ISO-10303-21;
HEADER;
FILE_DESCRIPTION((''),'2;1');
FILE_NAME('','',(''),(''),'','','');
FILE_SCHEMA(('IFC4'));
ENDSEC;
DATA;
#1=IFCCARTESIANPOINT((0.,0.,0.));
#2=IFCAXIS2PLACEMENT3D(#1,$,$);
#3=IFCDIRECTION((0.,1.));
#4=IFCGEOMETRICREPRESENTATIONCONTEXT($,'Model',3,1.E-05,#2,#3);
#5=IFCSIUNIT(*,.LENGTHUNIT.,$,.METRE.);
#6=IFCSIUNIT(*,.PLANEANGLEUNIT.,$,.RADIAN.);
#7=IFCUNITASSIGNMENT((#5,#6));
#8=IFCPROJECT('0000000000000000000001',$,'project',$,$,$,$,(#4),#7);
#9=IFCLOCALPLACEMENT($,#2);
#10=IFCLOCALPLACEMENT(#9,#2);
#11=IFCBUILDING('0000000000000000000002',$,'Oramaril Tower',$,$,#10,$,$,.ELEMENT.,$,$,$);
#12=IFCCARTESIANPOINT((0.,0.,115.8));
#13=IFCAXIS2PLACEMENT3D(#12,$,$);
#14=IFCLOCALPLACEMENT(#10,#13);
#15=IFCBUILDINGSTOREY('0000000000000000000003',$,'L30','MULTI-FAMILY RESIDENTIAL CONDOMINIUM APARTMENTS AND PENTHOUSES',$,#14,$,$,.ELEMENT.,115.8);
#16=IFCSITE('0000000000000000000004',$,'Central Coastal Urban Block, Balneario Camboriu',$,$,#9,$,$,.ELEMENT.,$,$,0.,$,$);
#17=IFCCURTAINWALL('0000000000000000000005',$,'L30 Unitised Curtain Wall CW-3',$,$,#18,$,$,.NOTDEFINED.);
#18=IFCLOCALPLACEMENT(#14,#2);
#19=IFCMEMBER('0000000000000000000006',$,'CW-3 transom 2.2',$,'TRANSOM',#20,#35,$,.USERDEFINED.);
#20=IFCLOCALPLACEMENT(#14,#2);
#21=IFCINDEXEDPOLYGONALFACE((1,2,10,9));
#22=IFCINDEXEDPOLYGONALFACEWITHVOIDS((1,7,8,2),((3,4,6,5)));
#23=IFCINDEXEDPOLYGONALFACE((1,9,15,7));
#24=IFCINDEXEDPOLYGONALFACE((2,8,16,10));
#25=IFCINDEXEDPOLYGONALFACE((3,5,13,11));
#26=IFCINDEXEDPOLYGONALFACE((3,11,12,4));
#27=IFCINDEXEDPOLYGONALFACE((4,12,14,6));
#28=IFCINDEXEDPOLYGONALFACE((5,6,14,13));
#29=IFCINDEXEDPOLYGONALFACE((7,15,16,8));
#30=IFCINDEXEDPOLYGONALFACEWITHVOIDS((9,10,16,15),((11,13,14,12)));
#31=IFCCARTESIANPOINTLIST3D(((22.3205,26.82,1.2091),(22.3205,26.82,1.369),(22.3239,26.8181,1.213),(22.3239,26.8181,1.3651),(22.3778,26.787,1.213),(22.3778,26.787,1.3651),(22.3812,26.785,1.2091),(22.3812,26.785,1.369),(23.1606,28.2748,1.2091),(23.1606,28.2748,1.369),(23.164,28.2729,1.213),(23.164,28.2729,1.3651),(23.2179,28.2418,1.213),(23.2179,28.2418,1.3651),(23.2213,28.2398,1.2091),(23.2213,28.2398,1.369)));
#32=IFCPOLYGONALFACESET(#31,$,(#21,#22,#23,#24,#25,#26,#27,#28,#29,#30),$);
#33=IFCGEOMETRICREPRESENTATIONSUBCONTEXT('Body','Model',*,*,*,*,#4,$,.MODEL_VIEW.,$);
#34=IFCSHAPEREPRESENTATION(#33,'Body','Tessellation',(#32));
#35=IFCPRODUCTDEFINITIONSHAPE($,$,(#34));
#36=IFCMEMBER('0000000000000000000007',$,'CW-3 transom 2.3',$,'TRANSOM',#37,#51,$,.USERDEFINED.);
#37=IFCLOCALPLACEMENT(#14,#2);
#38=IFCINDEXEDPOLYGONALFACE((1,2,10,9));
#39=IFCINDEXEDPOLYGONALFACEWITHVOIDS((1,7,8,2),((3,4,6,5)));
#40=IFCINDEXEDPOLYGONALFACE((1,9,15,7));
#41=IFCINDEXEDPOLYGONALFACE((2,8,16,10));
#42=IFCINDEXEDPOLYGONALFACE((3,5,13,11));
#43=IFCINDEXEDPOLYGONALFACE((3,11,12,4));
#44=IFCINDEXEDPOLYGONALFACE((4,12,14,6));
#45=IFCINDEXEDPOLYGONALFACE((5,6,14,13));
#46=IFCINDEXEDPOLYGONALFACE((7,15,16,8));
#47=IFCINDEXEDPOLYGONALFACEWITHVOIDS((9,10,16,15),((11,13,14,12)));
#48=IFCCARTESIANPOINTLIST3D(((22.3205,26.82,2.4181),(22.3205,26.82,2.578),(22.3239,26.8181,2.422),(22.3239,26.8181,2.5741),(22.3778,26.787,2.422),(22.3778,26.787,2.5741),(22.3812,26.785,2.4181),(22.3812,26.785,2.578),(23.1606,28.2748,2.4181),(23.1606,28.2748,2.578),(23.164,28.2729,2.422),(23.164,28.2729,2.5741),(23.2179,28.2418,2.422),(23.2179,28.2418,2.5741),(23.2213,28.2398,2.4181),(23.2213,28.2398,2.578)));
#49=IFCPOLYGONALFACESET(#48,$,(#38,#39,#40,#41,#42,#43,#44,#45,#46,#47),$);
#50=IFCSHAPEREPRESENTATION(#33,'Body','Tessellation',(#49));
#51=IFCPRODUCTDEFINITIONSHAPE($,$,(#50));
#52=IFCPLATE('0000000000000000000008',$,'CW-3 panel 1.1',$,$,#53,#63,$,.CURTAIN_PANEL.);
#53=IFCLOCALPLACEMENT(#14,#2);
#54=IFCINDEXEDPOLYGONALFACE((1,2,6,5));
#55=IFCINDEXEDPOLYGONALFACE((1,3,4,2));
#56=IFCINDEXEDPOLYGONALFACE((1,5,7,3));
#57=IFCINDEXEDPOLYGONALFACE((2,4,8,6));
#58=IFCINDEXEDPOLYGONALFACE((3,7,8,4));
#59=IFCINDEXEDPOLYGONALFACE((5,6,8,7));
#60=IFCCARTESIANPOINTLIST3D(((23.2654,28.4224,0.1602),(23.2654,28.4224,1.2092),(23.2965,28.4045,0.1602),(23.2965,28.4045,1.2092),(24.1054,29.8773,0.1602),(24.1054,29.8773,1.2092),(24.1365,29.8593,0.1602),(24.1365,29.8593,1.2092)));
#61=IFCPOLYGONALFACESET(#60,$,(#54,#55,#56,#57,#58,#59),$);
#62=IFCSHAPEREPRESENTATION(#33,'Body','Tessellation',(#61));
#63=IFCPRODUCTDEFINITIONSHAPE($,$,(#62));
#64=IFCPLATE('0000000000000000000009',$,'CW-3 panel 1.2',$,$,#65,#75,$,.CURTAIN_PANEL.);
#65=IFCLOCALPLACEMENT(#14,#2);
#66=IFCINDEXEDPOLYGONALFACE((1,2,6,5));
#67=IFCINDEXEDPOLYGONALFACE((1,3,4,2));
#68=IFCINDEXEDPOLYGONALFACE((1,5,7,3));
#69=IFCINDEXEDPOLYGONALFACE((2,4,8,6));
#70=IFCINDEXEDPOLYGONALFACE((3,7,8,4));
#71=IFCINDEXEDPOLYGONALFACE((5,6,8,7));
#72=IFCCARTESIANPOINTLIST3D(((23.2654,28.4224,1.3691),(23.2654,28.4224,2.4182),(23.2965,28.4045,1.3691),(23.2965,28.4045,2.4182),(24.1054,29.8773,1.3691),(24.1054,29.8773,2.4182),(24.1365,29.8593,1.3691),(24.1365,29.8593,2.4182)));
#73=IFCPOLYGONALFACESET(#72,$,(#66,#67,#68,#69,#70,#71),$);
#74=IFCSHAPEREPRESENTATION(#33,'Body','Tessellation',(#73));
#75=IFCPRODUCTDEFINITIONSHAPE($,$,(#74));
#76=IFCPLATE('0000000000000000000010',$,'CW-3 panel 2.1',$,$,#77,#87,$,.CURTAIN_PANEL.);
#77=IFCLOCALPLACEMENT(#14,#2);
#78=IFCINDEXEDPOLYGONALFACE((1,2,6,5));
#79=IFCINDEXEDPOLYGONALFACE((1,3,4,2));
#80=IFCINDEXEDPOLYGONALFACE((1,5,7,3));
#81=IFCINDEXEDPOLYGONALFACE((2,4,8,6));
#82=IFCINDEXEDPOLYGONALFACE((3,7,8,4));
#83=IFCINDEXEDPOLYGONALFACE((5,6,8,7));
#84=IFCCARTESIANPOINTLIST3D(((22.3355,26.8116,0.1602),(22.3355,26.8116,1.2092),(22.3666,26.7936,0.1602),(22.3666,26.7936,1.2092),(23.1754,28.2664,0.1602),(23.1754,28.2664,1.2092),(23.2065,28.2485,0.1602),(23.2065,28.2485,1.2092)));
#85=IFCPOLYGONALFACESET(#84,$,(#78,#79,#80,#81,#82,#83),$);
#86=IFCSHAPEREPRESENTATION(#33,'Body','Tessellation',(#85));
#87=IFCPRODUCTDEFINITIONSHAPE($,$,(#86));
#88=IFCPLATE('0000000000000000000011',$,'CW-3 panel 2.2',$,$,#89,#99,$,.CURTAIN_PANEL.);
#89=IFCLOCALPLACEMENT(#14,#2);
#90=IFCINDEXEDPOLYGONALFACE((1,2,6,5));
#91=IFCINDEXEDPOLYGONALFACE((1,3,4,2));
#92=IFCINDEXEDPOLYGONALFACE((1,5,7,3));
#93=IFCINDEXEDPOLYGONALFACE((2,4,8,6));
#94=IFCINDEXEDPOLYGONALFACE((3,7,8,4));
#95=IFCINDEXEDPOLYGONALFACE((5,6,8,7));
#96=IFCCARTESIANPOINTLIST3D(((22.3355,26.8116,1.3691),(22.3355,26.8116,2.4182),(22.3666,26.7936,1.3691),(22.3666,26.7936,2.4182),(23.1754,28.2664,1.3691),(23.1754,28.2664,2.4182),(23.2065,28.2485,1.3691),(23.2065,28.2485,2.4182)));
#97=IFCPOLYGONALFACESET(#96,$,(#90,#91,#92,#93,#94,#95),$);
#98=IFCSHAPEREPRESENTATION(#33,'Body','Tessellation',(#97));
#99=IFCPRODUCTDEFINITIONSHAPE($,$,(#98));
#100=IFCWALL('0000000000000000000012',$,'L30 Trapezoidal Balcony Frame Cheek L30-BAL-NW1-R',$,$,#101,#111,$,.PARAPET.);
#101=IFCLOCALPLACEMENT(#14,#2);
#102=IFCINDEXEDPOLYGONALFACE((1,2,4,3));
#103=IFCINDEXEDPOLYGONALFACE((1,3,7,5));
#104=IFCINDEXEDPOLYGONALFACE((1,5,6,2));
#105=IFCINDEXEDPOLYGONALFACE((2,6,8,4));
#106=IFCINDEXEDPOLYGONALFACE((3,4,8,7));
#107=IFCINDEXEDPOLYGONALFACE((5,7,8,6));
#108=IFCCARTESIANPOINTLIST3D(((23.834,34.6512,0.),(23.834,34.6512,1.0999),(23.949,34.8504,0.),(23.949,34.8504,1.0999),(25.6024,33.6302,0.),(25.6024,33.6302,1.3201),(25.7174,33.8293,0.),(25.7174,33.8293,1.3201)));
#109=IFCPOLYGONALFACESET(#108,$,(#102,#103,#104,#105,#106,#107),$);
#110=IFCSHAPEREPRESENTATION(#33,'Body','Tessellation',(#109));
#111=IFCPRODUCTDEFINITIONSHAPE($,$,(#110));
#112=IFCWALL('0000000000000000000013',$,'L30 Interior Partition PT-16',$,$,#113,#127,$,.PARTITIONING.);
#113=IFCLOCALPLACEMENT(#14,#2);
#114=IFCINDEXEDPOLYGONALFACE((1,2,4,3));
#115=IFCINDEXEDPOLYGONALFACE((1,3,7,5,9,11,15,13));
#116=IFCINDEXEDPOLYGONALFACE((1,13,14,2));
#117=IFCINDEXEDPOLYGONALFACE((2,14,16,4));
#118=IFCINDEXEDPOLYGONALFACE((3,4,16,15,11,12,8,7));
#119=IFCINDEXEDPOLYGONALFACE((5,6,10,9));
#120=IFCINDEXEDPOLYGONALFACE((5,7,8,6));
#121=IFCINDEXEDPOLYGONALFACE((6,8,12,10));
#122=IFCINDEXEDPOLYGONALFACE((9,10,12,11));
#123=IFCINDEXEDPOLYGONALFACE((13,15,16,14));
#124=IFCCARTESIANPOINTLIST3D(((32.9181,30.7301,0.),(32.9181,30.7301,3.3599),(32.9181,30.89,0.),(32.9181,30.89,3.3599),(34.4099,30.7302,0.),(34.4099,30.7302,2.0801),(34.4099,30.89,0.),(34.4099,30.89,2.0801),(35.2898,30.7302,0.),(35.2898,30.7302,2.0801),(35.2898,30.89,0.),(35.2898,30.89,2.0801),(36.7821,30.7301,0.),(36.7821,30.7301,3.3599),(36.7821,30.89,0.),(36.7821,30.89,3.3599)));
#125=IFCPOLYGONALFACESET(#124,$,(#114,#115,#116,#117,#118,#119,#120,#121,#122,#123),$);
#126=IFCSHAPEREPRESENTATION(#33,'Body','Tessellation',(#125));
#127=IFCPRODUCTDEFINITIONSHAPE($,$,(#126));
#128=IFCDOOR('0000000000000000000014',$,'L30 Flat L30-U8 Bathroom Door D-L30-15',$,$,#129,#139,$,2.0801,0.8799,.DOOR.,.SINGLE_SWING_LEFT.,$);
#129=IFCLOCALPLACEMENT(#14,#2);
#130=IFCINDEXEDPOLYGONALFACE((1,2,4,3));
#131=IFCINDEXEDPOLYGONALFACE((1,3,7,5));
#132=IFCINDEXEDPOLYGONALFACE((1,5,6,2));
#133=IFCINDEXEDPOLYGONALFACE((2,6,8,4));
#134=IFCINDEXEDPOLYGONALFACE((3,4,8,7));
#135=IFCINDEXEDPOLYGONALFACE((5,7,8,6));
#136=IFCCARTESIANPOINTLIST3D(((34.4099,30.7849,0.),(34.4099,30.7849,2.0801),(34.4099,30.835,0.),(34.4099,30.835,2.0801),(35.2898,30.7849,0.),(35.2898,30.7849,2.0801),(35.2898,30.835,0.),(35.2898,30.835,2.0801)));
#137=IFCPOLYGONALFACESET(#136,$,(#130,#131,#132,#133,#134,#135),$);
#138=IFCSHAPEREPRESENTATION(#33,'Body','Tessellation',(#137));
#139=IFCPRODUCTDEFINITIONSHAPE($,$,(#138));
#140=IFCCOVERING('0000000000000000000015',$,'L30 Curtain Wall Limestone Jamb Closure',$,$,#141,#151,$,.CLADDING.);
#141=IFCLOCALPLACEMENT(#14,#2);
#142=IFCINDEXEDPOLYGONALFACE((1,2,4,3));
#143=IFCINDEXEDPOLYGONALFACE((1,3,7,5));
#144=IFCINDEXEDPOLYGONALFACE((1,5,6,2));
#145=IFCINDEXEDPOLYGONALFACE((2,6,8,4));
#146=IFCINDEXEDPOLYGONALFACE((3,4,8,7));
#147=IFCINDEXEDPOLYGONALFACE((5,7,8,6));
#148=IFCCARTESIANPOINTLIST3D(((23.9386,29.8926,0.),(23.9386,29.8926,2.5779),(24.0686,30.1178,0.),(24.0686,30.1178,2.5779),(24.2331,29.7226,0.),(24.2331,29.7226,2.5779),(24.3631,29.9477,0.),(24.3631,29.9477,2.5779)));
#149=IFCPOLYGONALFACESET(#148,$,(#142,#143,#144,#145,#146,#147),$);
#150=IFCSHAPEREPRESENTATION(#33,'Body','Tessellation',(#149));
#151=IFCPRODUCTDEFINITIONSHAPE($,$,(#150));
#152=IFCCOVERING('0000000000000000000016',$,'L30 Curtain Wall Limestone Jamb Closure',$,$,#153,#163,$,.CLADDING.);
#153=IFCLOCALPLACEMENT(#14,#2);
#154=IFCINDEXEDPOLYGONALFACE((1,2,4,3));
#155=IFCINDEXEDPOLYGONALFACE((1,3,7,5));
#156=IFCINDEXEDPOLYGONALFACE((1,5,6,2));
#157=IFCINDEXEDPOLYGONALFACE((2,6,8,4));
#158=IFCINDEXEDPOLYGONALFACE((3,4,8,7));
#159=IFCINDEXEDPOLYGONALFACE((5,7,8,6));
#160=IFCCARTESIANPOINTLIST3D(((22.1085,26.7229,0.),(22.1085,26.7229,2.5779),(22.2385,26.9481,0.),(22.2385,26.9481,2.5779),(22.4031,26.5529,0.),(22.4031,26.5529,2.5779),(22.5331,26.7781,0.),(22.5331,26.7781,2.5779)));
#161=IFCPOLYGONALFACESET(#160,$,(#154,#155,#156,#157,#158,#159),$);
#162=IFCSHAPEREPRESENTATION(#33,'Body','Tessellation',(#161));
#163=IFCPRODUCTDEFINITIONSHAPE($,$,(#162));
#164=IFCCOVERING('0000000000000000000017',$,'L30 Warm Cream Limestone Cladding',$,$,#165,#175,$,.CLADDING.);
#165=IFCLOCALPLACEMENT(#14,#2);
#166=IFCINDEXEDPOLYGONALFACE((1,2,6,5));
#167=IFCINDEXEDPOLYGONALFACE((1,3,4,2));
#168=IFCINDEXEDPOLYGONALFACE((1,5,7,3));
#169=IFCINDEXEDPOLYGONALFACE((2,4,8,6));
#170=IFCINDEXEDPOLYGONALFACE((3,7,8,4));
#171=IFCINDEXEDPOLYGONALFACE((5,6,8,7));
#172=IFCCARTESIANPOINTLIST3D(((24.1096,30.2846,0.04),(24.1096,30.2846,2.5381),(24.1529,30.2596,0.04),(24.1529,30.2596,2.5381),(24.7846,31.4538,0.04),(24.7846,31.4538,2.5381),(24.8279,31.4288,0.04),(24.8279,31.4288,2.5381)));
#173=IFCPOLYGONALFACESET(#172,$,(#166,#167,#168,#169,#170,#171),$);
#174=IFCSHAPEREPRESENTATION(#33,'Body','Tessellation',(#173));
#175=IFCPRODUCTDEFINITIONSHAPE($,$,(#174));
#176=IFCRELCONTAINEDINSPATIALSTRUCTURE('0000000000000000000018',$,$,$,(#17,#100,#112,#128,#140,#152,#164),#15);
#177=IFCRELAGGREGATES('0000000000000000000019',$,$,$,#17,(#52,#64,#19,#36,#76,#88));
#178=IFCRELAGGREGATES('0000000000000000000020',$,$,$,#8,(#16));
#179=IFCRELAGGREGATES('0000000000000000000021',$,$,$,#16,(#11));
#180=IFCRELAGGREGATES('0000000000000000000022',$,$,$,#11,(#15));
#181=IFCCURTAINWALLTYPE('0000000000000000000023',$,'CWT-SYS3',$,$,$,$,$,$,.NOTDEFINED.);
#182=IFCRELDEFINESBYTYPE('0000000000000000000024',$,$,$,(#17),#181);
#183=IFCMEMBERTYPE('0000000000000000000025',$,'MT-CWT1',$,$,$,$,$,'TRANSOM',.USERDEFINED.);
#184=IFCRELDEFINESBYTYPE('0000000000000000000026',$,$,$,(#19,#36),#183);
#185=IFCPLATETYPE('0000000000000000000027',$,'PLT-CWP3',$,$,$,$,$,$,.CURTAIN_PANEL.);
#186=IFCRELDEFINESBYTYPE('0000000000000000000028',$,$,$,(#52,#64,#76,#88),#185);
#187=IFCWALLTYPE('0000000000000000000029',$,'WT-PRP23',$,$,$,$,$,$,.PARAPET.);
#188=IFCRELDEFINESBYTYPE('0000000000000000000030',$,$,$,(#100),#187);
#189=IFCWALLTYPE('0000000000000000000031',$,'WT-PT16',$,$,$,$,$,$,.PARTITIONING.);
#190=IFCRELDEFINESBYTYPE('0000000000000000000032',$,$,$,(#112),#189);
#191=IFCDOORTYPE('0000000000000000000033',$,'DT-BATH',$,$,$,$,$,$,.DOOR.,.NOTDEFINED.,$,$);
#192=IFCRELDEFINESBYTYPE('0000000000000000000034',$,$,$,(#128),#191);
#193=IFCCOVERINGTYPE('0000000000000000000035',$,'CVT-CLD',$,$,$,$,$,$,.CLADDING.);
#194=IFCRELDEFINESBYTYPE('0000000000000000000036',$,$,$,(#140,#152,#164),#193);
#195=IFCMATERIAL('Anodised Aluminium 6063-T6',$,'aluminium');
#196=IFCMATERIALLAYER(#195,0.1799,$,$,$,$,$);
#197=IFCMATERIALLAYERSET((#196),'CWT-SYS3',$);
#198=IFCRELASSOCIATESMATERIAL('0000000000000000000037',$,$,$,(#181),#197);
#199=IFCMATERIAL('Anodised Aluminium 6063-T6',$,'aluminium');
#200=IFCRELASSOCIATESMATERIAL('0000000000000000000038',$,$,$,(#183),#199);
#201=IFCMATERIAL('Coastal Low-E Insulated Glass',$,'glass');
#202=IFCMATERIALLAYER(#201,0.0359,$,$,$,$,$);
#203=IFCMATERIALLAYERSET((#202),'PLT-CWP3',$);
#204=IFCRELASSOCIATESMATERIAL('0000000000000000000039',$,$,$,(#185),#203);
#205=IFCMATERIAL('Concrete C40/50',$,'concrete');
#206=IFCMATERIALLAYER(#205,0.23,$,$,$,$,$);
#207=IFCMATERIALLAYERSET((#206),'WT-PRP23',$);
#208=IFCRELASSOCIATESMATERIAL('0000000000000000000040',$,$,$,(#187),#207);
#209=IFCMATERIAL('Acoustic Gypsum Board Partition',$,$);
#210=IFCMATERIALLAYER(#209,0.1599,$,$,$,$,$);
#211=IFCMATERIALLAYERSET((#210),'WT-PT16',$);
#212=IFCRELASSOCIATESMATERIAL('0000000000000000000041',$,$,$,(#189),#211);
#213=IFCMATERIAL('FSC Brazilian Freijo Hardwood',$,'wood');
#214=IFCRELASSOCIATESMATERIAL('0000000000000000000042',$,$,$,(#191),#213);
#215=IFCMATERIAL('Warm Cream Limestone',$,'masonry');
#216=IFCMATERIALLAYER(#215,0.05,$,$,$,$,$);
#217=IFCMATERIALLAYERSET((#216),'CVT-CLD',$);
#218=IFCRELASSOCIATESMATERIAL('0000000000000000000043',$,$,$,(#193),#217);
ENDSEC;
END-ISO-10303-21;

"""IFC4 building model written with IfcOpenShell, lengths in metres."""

from ifc_helpers import new_model, si_unit, direction, frame, frame_2d, origin, origin_2d, place, context, subcontext, project, spatial, polyline, rectangle, hollow_rectangle, outline, extrude, material, layer, layer_set, material_profile, profile_set, type_object, element, fill, aggregate, save


model = new_model("IFC4")

# Units and contexts
model_context = context("Model", 3, precision=1e-05, world=origin(), true_north=direction((0.0, 1.0)))
body_context = subcontext(model_context, "Body", "Model", "MODEL_VIEW")
ifc_project = project(units=[si_unit("LENGTHUNIT", "METRE"), si_unit("PLANEANGLEUNIT", "RADIAN")], contexts=[model_context])

# Site, building, storey
site_placement = place(None, origin())
site = spatial("IfcSite", under=ifc_project, at=site_placement, Name="Central Coastal Urban Block, Balneario Camboriu", CompositionType="ELEMENT", RefElevation=0.0)
building_placement = place(site_placement, origin())
building = spatial("IfcBuilding", under=site, at=building_placement, Name="Oramaril Tower", CompositionType="ELEMENT")
storey_placement = place(building_placement, frame((0.0, 0.0, 115.8)))
storey = spatial("IfcBuildingStorey", under=building, at=storey_placement, Name="L30", Description="MULTI-FAMILY RESIDENTIAL CONDOMINIUM APARTMENTS AND PENTHOUSES", CompositionType="ELEMENT", Elevation=115.8)

# Curtain wall, members, plates
ifc_material_1 = material(Name="Anodised Aluminium 6063-T6", Category="aluminium")
ifc_layer_1 = layer(ifc_material_1, 0.1799)
ifc_layer_set_1 = layer_set([ifc_layer_1], Name="CWT-SYS3")
curtain_wall_type = type_object("IfcCurtainWallType", Name="CWT-SYS3", PredefinedType="NOTDEFINED", material=ifc_layer_set_1)
curtain_wall_placement = place(storey_placement, origin())
curtain_wall = element("IfcCurtainWall", 1, at=curtain_wall_placement, inside=storey, type_object=curtain_wall_type, Name="L30 Unitised Curtain Wall CW-3", PredefinedType="NOTDEFINED")
ifc_material_2 = material(Name="Anodised Aluminium 6063-T6", Category="aluminium")
ifc_material_profile_1 = material_profile(ifc_material_2, hollow_rectangle(XDim=0.0701, YDim=0.1599, WallThickness=0.0039, at=origin_2d()), Name="CWT160X70")
ifc_profile_set_1 = profile_set([ifc_material_profile_1], Name="Anodised Aluminium 6063-T6")
member_type_1 = type_object("IfcMemberType", Name="MT-CWT1", ElementType="TRANSOM", PredefinedType="USERDEFINED", material=ifc_profile_set_1)
member_1_placement = place(storey_placement, frame((23.1909, 28.2573, 1.2891), z_axis=(-0.500062, -0.86599, 0.0), x_axis=(0.86599, -0.500062, 0.0)))
member_1 = element("IfcMember", 2, at=member_1_placement, type_object=member_type_1, Name="CW-3 transom 2.2", ObjectType="TRANSOM", PredefinedType="USERDEFINED", context=body_context, shape_type="SweptSolid", body=[
    extrude(hollow_rectangle(XDim=0.0701, YDim=0.1599, WallThickness=0.0039, at=origin_2d()), origin(), (0.0, 0.0, 1.0), 1.6799),
])
member_2_placement = place(storey_placement, frame((23.1909, 28.2573, 2.498), z_axis=(-0.500062, -0.86599, 0.0), x_axis=(0.86599, -0.500062, 0.0)))
member_2 = element("IfcMember", 3, at=member_2_placement, type_object=member_type_1, Name="CW-3 transom 2.3", ObjectType="TRANSOM", PredefinedType="USERDEFINED", context=body_context, shape_type="SweptSolid", body=[
    extrude(hollow_rectangle(XDim=0.0701, YDim=0.1599, WallThickness=0.0039, at=origin_2d()), origin(), (0.0, 0.0, 1.0), 1.6799),
])
ifc_material_3 = material(Name="Coastal Low-E Insulated Glass", Category="glass")
ifc_layer_2 = layer(ifc_material_3, 0.0359)
ifc_layer_set_2 = layer_set([ifc_layer_2], Name="PLT-CWP3")
plate_type = type_object("IfcPlateType", Name="PLT-CWP3", PredefinedType="CURTAIN_PANEL", material=ifc_layer_set_2)
plate_1_placement = place(storey_placement, frame((23.7009, 29.1409, 0.1602), z_axis=(0.0, 0.0, 1.0), x_axis=(-0.5, -0.866025, 0.0)))
plate_1 = element("IfcPlate", 4, at=plate_1_placement, type_object=plate_type, Name="CW-3 panel 1.1", PredefinedType="CURTAIN_PANEL", context=body_context, shape_type="SweptSolid", body=[
    extrude(rectangle(XDim=1.6799, YDim=0.0359, at=origin_2d()), origin(), (0.0, 0.0, 1.0), 1.0491),
])
plate_2_placement = place(storey_placement, frame((23.7009, 29.1409, 1.3691), z_axis=(0.0, 0.0, 1.0), x_axis=(-0.5, -0.866025, 0.0)))
plate_2 = element("IfcPlate", 5, at=plate_2_placement, type_object=plate_type, Name="CW-3 panel 1.2", PredefinedType="CURTAIN_PANEL", context=body_context, shape_type="SweptSolid", body=[
    extrude(rectangle(XDim=1.6799, YDim=0.0359, at=origin_2d()), origin(), (0.0, 0.0, 1.0), 1.0491),
])
plate_3_placement = place(storey_placement, frame((22.771, 27.53, 0.1602), z_axis=(0.0, 0.0, 1.0), x_axis=(-0.5, -0.866025, 0.0)))
plate_3 = element("IfcPlate", 6, at=plate_3_placement, type_object=plate_type, Name="CW-3 panel 2.1", PredefinedType="CURTAIN_PANEL", context=body_context, shape_type="SweptSolid", body=[
    extrude(rectangle(XDim=1.6799, YDim=0.0359, at=origin_2d()), origin(), (0.0, 0.0, 1.0), 1.0491),
])
plate_4_placement = place(storey_placement, frame((22.771, 27.53, 1.3691), z_axis=(0.0, 0.0, 1.0), x_axis=(-0.5, -0.866025, 0.0)))
plate_4 = element("IfcPlate", 7, at=plate_4_placement, type_object=plate_type, Name="CW-3 panel 2.2", PredefinedType="CURTAIN_PANEL", context=body_context, shape_type="SweptSolid", body=[
    extrude(rectangle(XDim=1.6799, YDim=0.0359, at=origin_2d()), origin(), (0.0, 0.0, 1.0), 1.0491),
])
aggregate(curtain_wall, [plate_1, plate_2, member_1, member_2, plate_3, plate_4])

# Wall
ifc_material_4 = material(Name="Concrete C40/50", Category="concrete")
ifc_layer_3 = layer(ifc_material_4, 0.23)
ifc_layer_set_3 = layer_set([ifc_layer_3], Name="WT-PRP23")
wall_type_1 = type_object("IfcWallType", Name="WT-PRP23", PredefinedType="PARAPET", material=ifc_layer_set_3)
wall_1_placement = place(storey_placement, frame((25.6599, 33.7297, 0.0), z_axis=(0.0, 0.0, 1.0), x_axis=(-0.866012, 0.500023, 0.0)))
element("IfcWall", 8, at=wall_1_placement, inside=storey, type_object=wall_type_1, Name="L30 Trapezoidal Balcony Frame Cheek L30-BAL-NW1-R", PredefinedType="PARAPET", context=body_context, shape_type="SweptSolid", body=[
    extrude(outline(polyline([(0.0, 0.0), (2.042, 0.0), (2.042, 1.0999), (0.0, 1.3201), (0.0, 0.0)])), frame((0.0, 0.115, 0.0), z_axis=(0.0, -1.0, 0.0), x_axis=(1.0, 0.0, 0.0)), (0.0, 0.0, 1.0), 0.23),
])

# Wall, opening, door
ifc_material_5 = material(Name="Acoustic Gypsum Board Partition")
ifc_layer_4 = layer(ifc_material_5, 0.1599)
ifc_layer_set_4 = layer_set([ifc_layer_4], Name="WT-PT16")
wall_type_2 = type_object("IfcWallType", Name="WT-PT16", PredefinedType="PARTITIONING", material=ifc_layer_set_4)
wall_2_placement = place(storey_placement, frame((32.918, 30.8101, 0.0), z_axis=(0.0, 0.0, 1.0), x_axis=(1.0, 0.0, 0.0)))
wall_2 = element("IfcWall", 9, at=wall_2_placement, inside=storey, type_object=wall_type_2, Name="L30 Interior Partition PT-16", PredefinedType="PARTITIONING", context=body_context, shape_type="SweptSolid", body=[
    extrude(rectangle(XDim=3.864, YDim=0.1599, at=frame_2d((1.9321, 0.0))), origin(), (0.0, 0.0, 1.0), 3.3599),
])
opening_placement = place(wall_2_placement, frame((1.4919, 0.0, 0.0)))
opening = element("IfcOpeningElement", 10, at=opening_placement, cuts=wall_2, PredefinedType="OPENING", context=body_context, shape_type="SweptSolid", body=[
    extrude(rectangle(XDim=0.8799, YDim=2.0801, at=frame_2d((0.4399, 1.04))), frame((0.0, 0.0801, 0.0), z_axis=(0.0, -1.0, 0.0), x_axis=(1.0, 0.0, 0.0)), (0.0, 0.0, 1.0), 0.1599),
])
ifc_material_6 = material(Name="FSC Brazilian Freijo Hardwood", Category="wood")
door_type = type_object("IfcDoorType", Name="DT-BATH", OperationType="NOTDEFINED", PredefinedType="DOOR", material=ifc_material_6)
door_placement = place(opening_placement, origin())
door = element("IfcDoor", 11, at=door_placement, inside=storey, type_object=door_type, Name="L30 Flat L30-U8 Bathroom Door D-L30-15", OperationType="SINGLE_SWING_LEFT", OverallHeight=2.0801, OverallWidth=0.8799, PredefinedType="DOOR", context=body_context, shape_type="SweptSolid", body=[
    extrude(rectangle(XDim=0.8799, YDim=2.0801, at=frame_2d((0.4399, 1.04))), frame((0.0, 0.0249, 0.0), z_axis=(0.0, -1.0, 0.0), x_axis=(1.0, 0.0, 0.0)), (0.0, 0.0, 1.0), 0.05),
])
fill(opening, door)

# Coverings
ifc_material_7 = material(Name="Warm Cream Limestone", Category="masonry")
ifc_layer_5 = layer(ifc_material_7, 0.05)
ifc_layer_set_5 = layer_set([ifc_layer_5], Name="CVT-CLD")
covering_type = type_object("IfcCoveringType", Name="CVT-CLD", PredefinedType="CLADDING", material=ifc_layer_set_5)
for number, where, z_axis, x_axis, name in (
    (12, (24.1509, 29.9202, 0.0), (0.0, 0.0, 1.0), (-0.5, -0.866025, 0.0), "L30 Curtain Wall Limestone Jamb Closure"),
    (13, (22.3208, 26.7505, 0.0), (0.0, 0.0, 1.0), (-0.5, -0.866025, 0.0), "L30 Curtain Wall Limestone Jamb Closure"),
):
    element("IfcCovering", number, at=place(storey_placement, frame(where, z_axis=z_axis, x_axis=x_axis)), inside=storey, type_object=covering_type, Name=name, PredefinedType="CLADDING", context=body_context, shape_type="SweptSolid", body=[
        extrude(rectangle(XDim=0.26, YDim=0.3401, at=origin_2d()), origin(), (0.0, 0.0, 1.0), 2.5779),
    ])
covering_placement = place(storey_placement, frame((24.4688, 30.8567, 0.04), z_axis=(0.0, 0.0, 1.0), x_axis=(-0.499998, -0.866026, 0.0)))
element("IfcCovering", 14, at=covering_placement, inside=storey, type_object=covering_type, Name="L30 Warm Cream Limestone Cladding", PredefinedType="CLADDING", context=body_context, shape_type="SweptSolid", body=[
    extrude(rectangle(XDim=1.3501, YDim=0.05, at=origin_2d()), origin(), (0.0, 0.0, 1.0), 2.498),
])

save(model, "model.ifc")
